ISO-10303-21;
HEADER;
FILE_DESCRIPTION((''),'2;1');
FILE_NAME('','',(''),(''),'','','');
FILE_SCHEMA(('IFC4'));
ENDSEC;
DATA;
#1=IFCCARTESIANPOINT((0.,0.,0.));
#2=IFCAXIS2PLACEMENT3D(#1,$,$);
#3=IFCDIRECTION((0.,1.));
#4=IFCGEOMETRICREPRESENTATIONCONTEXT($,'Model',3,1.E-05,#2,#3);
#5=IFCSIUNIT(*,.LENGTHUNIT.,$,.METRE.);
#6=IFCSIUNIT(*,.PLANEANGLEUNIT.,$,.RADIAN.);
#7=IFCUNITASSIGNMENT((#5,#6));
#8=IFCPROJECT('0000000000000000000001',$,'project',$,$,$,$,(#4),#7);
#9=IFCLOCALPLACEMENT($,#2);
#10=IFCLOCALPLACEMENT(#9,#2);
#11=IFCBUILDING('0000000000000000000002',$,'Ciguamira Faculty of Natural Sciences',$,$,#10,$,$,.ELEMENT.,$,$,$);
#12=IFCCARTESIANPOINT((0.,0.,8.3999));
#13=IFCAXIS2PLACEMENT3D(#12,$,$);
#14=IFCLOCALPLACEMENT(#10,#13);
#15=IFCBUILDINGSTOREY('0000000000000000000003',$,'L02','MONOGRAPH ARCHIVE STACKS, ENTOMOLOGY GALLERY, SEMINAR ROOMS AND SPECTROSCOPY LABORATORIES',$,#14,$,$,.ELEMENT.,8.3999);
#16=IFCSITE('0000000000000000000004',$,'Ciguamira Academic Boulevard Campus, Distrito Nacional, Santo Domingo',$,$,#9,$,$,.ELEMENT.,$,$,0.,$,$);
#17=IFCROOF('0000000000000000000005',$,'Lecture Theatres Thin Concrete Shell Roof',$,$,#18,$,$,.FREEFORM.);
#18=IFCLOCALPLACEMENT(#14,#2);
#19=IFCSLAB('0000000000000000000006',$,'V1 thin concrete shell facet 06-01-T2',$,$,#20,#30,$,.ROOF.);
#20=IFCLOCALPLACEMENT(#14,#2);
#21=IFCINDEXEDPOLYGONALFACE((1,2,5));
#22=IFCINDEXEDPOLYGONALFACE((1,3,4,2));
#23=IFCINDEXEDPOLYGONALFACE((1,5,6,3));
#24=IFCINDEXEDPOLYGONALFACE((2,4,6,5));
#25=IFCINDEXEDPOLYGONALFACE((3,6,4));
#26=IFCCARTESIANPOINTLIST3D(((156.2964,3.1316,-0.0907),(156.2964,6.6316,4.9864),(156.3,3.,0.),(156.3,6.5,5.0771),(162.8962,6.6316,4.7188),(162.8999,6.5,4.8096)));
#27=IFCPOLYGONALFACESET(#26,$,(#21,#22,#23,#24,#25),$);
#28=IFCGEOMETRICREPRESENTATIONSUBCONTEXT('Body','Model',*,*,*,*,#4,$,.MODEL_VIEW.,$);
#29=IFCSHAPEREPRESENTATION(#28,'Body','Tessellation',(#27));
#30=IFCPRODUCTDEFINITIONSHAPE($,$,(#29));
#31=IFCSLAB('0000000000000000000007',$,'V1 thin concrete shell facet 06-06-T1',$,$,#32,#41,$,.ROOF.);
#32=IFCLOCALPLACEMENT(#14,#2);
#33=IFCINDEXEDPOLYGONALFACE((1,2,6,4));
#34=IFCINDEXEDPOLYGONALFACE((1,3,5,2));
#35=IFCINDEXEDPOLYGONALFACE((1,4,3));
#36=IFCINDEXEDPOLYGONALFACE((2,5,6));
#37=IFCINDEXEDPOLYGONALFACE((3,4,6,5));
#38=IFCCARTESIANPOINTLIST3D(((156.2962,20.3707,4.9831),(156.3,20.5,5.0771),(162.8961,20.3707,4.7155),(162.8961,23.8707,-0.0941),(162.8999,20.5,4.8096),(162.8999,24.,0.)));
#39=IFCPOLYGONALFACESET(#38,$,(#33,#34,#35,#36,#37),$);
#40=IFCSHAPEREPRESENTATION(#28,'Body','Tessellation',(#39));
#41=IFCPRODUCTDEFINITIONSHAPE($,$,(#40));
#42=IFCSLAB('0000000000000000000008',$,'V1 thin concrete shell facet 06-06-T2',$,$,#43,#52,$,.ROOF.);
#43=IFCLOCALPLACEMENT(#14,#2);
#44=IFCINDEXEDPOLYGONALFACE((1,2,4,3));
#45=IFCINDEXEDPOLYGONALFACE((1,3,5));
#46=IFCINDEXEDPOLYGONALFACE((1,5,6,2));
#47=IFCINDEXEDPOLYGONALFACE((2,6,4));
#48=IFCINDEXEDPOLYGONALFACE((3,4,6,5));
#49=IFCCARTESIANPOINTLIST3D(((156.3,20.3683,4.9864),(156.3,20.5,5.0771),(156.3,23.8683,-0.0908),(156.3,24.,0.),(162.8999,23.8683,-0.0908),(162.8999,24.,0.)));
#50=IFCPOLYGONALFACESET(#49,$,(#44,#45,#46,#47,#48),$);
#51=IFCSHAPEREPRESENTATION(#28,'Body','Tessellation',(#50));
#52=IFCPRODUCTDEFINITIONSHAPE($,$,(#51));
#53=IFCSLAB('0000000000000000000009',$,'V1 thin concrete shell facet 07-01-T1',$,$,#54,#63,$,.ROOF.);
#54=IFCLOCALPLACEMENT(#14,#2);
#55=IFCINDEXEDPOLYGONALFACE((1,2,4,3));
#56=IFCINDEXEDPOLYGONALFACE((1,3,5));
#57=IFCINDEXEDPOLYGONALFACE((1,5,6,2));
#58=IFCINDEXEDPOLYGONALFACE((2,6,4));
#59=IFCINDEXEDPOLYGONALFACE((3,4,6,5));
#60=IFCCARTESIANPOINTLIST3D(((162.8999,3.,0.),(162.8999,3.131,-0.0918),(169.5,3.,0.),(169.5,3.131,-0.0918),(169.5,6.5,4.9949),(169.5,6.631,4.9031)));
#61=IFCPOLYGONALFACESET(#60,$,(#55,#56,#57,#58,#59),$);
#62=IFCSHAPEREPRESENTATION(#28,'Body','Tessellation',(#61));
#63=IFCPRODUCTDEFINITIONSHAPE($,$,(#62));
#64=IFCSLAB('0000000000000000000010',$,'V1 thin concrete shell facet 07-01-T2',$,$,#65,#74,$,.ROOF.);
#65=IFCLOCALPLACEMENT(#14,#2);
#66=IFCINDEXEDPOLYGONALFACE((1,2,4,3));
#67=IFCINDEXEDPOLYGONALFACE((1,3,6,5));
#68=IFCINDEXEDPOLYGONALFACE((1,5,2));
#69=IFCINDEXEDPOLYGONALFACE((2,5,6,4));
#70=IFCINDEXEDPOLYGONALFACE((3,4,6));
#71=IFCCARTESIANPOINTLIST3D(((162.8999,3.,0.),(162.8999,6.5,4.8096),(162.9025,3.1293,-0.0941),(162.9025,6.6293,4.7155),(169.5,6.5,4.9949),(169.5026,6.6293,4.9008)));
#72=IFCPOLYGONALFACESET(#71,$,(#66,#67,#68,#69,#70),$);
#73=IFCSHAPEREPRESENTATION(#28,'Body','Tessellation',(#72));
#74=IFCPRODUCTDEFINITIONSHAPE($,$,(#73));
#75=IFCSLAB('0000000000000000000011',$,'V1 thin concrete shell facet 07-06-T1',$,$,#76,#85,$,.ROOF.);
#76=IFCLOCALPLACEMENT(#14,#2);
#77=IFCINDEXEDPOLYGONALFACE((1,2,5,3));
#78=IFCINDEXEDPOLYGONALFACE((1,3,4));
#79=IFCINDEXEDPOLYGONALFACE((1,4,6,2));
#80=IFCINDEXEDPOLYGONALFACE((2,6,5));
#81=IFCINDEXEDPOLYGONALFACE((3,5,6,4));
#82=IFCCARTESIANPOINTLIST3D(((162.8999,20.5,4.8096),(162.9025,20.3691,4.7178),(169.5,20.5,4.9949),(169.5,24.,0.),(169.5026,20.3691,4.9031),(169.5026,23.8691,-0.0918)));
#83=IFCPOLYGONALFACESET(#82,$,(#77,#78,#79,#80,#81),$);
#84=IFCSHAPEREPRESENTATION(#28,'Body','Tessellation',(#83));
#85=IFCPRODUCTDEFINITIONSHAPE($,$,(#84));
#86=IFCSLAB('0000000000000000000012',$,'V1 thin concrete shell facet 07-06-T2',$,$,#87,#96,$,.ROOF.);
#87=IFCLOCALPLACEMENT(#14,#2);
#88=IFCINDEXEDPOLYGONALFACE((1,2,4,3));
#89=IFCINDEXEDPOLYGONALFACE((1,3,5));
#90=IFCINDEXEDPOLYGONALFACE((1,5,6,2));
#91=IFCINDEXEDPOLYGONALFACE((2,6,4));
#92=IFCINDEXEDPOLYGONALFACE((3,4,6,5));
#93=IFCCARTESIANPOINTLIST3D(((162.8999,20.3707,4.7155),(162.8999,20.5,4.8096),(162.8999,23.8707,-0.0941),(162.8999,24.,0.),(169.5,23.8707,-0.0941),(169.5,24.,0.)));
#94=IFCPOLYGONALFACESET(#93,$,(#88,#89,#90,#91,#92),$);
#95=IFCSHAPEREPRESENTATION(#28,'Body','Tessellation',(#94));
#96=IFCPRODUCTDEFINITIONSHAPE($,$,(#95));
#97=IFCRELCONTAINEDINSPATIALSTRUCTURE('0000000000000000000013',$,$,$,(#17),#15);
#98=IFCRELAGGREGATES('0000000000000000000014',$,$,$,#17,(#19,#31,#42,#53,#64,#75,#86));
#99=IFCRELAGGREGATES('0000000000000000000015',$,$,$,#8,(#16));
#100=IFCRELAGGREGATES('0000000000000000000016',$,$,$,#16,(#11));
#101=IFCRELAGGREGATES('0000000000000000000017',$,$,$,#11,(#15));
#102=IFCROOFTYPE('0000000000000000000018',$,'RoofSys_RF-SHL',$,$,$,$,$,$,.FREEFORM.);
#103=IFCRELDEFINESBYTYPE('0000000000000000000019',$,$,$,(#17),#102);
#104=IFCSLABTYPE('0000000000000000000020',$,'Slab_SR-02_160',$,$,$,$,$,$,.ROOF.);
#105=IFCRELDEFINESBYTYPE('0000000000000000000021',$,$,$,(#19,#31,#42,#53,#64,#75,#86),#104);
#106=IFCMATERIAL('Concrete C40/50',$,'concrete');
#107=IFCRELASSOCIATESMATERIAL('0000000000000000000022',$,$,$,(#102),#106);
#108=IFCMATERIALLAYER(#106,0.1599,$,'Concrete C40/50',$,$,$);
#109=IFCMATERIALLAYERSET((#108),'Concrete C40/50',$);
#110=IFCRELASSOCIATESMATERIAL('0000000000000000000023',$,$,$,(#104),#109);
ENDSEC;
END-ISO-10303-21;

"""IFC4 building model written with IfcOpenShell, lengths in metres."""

from ifc_helpers import new_model, si_unit, direction, frame, origin, place, context, subcontext, project, spatial, polyline, outline, extrude, material, layer, layer_set, type_object, element, aggregate, save


model = new_model("IFC4")

# Units and contexts
model_context = context("Model", 3, precision=1e-05, world=origin(), true_north=direction((0.0, 1.0)))
body_context = subcontext(model_context, "Body", "Model", "MODEL_VIEW")
ifc_project = project(units=[si_unit("LENGTHUNIT", "METRE"), si_unit("PLANEANGLEUNIT", "RADIAN")], contexts=[model_context])

# Site, building, storey
site_placement = place(None, origin())
site = spatial("IfcSite", under=ifc_project, at=site_placement, Name="Ciguamira Academic Boulevard Campus, Distrito Nacional, Santo Domingo", CompositionType="ELEMENT", RefElevation=0.0)
building_placement = place(site_placement, origin())
building = spatial("IfcBuilding", under=site, at=building_placement, Name="Ciguamira Faculty of Natural Sciences", CompositionType="ELEMENT")
storey_placement = place(building_placement, frame((0.0, 0.0, 8.3999)))
storey = spatial("IfcBuildingStorey", under=building, at=storey_placement, Name="L02", Description="MONOGRAPH ARCHIVE STACKS, ENTOMOLOGY GALLERY, SEMINAR ROOMS AND SPECTROSCOPY LABORATORIES", CompositionType="ELEMENT", Elevation=8.3999)

# Shared definitions
ifc_material = material(Name="Concrete C40/50", Category="concrete")

# Roof, slabs
roof_type = type_object("IfcRoofType", Name="RoofSys_RF-SHL", PredefinedType="FREEFORM", material=ifc_material)
roof_placement = place(storey_placement, origin())
roof = element("IfcRoof", 1, at=roof_placement, inside=storey, type_object=roof_type, Name="Lecture Theatres Thin Concrete Shell Roof", PredefinedType="FREEFORM")
ifc_layer = layer(ifc_material, 0.1599, Name="Concrete C40/50")
ifc_layer_set = layer_set([ifc_layer], Name="Concrete C40/50")
slab_type = type_object("IfcSlabType", Name="Slab_SR-02_160", PredefinedType="ROOF", material=ifc_layer_set)
slab_1_placement = place(storey_placement, frame((156.3, 3.0, 0.0), z_axis=(0.023005, -0.823107, 0.56742), x_axis=(0.742824, 0.39393, 0.541324)))
slab_1 = element("IfcSlab", 2, at=slab_1_placement, type_object=slab_type, Name="V1 thin concrete shell facet 06-01-T2", PredefinedType="ROOF", context=body_context, shape_type="SweptSolid", body=[
    extrude(outline(polyline([(0.0, 0.0), (8.8848, 0.0), (4.1271, 4.5819), (0.0, 0.0)])), origin(), (0.0, 0.0, -1.0), 0.1599),
])
slab_2_placement = place(storey_placement, frame((156.3, 20.5, 5.0771), z_axis=(0.023849, 0.808336, 0.588239), x_axis=(0.999179, 0.0, -0.04051)))
slab_2 = element("IfcSlab", 3, at=slab_2_placement, type_object=slab_type, Name="V1 thin concrete shell facet 06-06-T1", PredefinedType="ROOF", context=body_context, shape_type="SweptSolid", body=[
    extrude(outline(polyline([(0.0, 0.0), (6.6053, 0.0), (6.8001, 5.9451), (0.0, 0.0)])), origin(), (0.0, 0.0, -1.0), 0.1599),
])
slab_3_placement = place(storey_placement, frame((156.3, 20.5, 5.0771), z_axis=(0.0, 0.823325, 0.56757), x_axis=(0.730681, 0.387491, -0.5621)))
slab_3 = element("IfcSlab", 4, at=slab_3_placement, type_object=slab_type, Name="V1 thin concrete shell facet 06-06-T2", PredefinedType="ROOF", context=body_context, shape_type="SweptSolid", body=[
    extrude(outline(polyline([(0.0, 0.0), (9.0325, 0.0), (4.2101, 4.5058), (0.0, 0.0)])), origin(), (0.0, 0.0, -1.0), 0.1599),
])
slab_4_placement = place(storey_placement, frame((162.8999, 3.0, 0.0), z_axis=(0.0, -0.818955, 0.573857), x_axis=(1.0, 0.0, 0.0)))
slab_4 = element("IfcSlab", 5, at=slab_4_placement, type_object=slab_type, Name="V1 thin concrete shell facet 07-01-T1", PredefinedType="ROOF", context=body_context, shape_type="SweptSolid", body=[
    extrude(outline(polyline([(0.0, 0.0), (6.6001, 0.0), (6.6001, 6.0991), (0.0, 0.0)])), origin(), (0.0, 0.0, -1.0), 0.1599),
])
slab_5_placement = place(storey_placement, frame((162.8999, 3.0, 0.0), z_axis=(-0.016518, -0.808455, 0.588326), x_axis=(0.734433, 0.389466, 0.55581)))
slab_5 = element("IfcSlab", 6, at=slab_5_placement, type_object=slab_type, Name="V1 thin concrete shell facet 07-01-T2", PredefinedType="ROOF", context=body_context, shape_type="SweptSolid", body=[
    extrude(outline(polyline([(0.0, 0.0), (8.9867, 0.0), (4.0363, 4.3692), (0.0, 0.0)])), origin(), (0.0, 0.0, -1.0), 0.1599),
])
slab_6_placement = place(storey_placement, frame((162.8999, 20.5, 4.8096), z_axis=(-0.016109, 0.818849, 0.573783), x_axis=(0.999606, 0.0, 0.028065)))
slab_6 = element("IfcSlab", 7, at=slab_6_placement, type_object=slab_type, Name="V1 thin concrete shell facet 07-06-T1", PredefinedType="ROOF", context=body_context, shape_type="SweptSolid", body=[
    extrude(outline(polyline([(0.0, 0.0), (6.6027, 0.0), (6.4625, 6.0975), (0.0, 0.0)])), origin(), (0.0, 0.0, -1.0), 0.1599),
])
slab_7_placement = place(storey_placement, frame((162.8999, 20.5, 4.8096), z_axis=(0.0, 0.808566, 0.588406), x_axis=(0.742836, 0.393922, -0.541313)))
slab_7 = element("IfcSlab", 8, at=slab_7_placement, type_object=slab_type, Name="V1 thin concrete shell facet 07-06-T2", PredefinedType="ROOF", context=body_context, shape_type="SweptSolid", body=[
    extrude(outline(polyline([(0.0, 0.0), (8.885, 0.0), (3.9822, 4.4186), (0.0, 0.0)])), origin(), (0.0, 0.0, -1.0), 0.1599),
])
aggregate(roof, [slab_1, slab_2, slab_3, slab_4, slab_5, slab_6, slab_7])

save(model, "model.ifc")
